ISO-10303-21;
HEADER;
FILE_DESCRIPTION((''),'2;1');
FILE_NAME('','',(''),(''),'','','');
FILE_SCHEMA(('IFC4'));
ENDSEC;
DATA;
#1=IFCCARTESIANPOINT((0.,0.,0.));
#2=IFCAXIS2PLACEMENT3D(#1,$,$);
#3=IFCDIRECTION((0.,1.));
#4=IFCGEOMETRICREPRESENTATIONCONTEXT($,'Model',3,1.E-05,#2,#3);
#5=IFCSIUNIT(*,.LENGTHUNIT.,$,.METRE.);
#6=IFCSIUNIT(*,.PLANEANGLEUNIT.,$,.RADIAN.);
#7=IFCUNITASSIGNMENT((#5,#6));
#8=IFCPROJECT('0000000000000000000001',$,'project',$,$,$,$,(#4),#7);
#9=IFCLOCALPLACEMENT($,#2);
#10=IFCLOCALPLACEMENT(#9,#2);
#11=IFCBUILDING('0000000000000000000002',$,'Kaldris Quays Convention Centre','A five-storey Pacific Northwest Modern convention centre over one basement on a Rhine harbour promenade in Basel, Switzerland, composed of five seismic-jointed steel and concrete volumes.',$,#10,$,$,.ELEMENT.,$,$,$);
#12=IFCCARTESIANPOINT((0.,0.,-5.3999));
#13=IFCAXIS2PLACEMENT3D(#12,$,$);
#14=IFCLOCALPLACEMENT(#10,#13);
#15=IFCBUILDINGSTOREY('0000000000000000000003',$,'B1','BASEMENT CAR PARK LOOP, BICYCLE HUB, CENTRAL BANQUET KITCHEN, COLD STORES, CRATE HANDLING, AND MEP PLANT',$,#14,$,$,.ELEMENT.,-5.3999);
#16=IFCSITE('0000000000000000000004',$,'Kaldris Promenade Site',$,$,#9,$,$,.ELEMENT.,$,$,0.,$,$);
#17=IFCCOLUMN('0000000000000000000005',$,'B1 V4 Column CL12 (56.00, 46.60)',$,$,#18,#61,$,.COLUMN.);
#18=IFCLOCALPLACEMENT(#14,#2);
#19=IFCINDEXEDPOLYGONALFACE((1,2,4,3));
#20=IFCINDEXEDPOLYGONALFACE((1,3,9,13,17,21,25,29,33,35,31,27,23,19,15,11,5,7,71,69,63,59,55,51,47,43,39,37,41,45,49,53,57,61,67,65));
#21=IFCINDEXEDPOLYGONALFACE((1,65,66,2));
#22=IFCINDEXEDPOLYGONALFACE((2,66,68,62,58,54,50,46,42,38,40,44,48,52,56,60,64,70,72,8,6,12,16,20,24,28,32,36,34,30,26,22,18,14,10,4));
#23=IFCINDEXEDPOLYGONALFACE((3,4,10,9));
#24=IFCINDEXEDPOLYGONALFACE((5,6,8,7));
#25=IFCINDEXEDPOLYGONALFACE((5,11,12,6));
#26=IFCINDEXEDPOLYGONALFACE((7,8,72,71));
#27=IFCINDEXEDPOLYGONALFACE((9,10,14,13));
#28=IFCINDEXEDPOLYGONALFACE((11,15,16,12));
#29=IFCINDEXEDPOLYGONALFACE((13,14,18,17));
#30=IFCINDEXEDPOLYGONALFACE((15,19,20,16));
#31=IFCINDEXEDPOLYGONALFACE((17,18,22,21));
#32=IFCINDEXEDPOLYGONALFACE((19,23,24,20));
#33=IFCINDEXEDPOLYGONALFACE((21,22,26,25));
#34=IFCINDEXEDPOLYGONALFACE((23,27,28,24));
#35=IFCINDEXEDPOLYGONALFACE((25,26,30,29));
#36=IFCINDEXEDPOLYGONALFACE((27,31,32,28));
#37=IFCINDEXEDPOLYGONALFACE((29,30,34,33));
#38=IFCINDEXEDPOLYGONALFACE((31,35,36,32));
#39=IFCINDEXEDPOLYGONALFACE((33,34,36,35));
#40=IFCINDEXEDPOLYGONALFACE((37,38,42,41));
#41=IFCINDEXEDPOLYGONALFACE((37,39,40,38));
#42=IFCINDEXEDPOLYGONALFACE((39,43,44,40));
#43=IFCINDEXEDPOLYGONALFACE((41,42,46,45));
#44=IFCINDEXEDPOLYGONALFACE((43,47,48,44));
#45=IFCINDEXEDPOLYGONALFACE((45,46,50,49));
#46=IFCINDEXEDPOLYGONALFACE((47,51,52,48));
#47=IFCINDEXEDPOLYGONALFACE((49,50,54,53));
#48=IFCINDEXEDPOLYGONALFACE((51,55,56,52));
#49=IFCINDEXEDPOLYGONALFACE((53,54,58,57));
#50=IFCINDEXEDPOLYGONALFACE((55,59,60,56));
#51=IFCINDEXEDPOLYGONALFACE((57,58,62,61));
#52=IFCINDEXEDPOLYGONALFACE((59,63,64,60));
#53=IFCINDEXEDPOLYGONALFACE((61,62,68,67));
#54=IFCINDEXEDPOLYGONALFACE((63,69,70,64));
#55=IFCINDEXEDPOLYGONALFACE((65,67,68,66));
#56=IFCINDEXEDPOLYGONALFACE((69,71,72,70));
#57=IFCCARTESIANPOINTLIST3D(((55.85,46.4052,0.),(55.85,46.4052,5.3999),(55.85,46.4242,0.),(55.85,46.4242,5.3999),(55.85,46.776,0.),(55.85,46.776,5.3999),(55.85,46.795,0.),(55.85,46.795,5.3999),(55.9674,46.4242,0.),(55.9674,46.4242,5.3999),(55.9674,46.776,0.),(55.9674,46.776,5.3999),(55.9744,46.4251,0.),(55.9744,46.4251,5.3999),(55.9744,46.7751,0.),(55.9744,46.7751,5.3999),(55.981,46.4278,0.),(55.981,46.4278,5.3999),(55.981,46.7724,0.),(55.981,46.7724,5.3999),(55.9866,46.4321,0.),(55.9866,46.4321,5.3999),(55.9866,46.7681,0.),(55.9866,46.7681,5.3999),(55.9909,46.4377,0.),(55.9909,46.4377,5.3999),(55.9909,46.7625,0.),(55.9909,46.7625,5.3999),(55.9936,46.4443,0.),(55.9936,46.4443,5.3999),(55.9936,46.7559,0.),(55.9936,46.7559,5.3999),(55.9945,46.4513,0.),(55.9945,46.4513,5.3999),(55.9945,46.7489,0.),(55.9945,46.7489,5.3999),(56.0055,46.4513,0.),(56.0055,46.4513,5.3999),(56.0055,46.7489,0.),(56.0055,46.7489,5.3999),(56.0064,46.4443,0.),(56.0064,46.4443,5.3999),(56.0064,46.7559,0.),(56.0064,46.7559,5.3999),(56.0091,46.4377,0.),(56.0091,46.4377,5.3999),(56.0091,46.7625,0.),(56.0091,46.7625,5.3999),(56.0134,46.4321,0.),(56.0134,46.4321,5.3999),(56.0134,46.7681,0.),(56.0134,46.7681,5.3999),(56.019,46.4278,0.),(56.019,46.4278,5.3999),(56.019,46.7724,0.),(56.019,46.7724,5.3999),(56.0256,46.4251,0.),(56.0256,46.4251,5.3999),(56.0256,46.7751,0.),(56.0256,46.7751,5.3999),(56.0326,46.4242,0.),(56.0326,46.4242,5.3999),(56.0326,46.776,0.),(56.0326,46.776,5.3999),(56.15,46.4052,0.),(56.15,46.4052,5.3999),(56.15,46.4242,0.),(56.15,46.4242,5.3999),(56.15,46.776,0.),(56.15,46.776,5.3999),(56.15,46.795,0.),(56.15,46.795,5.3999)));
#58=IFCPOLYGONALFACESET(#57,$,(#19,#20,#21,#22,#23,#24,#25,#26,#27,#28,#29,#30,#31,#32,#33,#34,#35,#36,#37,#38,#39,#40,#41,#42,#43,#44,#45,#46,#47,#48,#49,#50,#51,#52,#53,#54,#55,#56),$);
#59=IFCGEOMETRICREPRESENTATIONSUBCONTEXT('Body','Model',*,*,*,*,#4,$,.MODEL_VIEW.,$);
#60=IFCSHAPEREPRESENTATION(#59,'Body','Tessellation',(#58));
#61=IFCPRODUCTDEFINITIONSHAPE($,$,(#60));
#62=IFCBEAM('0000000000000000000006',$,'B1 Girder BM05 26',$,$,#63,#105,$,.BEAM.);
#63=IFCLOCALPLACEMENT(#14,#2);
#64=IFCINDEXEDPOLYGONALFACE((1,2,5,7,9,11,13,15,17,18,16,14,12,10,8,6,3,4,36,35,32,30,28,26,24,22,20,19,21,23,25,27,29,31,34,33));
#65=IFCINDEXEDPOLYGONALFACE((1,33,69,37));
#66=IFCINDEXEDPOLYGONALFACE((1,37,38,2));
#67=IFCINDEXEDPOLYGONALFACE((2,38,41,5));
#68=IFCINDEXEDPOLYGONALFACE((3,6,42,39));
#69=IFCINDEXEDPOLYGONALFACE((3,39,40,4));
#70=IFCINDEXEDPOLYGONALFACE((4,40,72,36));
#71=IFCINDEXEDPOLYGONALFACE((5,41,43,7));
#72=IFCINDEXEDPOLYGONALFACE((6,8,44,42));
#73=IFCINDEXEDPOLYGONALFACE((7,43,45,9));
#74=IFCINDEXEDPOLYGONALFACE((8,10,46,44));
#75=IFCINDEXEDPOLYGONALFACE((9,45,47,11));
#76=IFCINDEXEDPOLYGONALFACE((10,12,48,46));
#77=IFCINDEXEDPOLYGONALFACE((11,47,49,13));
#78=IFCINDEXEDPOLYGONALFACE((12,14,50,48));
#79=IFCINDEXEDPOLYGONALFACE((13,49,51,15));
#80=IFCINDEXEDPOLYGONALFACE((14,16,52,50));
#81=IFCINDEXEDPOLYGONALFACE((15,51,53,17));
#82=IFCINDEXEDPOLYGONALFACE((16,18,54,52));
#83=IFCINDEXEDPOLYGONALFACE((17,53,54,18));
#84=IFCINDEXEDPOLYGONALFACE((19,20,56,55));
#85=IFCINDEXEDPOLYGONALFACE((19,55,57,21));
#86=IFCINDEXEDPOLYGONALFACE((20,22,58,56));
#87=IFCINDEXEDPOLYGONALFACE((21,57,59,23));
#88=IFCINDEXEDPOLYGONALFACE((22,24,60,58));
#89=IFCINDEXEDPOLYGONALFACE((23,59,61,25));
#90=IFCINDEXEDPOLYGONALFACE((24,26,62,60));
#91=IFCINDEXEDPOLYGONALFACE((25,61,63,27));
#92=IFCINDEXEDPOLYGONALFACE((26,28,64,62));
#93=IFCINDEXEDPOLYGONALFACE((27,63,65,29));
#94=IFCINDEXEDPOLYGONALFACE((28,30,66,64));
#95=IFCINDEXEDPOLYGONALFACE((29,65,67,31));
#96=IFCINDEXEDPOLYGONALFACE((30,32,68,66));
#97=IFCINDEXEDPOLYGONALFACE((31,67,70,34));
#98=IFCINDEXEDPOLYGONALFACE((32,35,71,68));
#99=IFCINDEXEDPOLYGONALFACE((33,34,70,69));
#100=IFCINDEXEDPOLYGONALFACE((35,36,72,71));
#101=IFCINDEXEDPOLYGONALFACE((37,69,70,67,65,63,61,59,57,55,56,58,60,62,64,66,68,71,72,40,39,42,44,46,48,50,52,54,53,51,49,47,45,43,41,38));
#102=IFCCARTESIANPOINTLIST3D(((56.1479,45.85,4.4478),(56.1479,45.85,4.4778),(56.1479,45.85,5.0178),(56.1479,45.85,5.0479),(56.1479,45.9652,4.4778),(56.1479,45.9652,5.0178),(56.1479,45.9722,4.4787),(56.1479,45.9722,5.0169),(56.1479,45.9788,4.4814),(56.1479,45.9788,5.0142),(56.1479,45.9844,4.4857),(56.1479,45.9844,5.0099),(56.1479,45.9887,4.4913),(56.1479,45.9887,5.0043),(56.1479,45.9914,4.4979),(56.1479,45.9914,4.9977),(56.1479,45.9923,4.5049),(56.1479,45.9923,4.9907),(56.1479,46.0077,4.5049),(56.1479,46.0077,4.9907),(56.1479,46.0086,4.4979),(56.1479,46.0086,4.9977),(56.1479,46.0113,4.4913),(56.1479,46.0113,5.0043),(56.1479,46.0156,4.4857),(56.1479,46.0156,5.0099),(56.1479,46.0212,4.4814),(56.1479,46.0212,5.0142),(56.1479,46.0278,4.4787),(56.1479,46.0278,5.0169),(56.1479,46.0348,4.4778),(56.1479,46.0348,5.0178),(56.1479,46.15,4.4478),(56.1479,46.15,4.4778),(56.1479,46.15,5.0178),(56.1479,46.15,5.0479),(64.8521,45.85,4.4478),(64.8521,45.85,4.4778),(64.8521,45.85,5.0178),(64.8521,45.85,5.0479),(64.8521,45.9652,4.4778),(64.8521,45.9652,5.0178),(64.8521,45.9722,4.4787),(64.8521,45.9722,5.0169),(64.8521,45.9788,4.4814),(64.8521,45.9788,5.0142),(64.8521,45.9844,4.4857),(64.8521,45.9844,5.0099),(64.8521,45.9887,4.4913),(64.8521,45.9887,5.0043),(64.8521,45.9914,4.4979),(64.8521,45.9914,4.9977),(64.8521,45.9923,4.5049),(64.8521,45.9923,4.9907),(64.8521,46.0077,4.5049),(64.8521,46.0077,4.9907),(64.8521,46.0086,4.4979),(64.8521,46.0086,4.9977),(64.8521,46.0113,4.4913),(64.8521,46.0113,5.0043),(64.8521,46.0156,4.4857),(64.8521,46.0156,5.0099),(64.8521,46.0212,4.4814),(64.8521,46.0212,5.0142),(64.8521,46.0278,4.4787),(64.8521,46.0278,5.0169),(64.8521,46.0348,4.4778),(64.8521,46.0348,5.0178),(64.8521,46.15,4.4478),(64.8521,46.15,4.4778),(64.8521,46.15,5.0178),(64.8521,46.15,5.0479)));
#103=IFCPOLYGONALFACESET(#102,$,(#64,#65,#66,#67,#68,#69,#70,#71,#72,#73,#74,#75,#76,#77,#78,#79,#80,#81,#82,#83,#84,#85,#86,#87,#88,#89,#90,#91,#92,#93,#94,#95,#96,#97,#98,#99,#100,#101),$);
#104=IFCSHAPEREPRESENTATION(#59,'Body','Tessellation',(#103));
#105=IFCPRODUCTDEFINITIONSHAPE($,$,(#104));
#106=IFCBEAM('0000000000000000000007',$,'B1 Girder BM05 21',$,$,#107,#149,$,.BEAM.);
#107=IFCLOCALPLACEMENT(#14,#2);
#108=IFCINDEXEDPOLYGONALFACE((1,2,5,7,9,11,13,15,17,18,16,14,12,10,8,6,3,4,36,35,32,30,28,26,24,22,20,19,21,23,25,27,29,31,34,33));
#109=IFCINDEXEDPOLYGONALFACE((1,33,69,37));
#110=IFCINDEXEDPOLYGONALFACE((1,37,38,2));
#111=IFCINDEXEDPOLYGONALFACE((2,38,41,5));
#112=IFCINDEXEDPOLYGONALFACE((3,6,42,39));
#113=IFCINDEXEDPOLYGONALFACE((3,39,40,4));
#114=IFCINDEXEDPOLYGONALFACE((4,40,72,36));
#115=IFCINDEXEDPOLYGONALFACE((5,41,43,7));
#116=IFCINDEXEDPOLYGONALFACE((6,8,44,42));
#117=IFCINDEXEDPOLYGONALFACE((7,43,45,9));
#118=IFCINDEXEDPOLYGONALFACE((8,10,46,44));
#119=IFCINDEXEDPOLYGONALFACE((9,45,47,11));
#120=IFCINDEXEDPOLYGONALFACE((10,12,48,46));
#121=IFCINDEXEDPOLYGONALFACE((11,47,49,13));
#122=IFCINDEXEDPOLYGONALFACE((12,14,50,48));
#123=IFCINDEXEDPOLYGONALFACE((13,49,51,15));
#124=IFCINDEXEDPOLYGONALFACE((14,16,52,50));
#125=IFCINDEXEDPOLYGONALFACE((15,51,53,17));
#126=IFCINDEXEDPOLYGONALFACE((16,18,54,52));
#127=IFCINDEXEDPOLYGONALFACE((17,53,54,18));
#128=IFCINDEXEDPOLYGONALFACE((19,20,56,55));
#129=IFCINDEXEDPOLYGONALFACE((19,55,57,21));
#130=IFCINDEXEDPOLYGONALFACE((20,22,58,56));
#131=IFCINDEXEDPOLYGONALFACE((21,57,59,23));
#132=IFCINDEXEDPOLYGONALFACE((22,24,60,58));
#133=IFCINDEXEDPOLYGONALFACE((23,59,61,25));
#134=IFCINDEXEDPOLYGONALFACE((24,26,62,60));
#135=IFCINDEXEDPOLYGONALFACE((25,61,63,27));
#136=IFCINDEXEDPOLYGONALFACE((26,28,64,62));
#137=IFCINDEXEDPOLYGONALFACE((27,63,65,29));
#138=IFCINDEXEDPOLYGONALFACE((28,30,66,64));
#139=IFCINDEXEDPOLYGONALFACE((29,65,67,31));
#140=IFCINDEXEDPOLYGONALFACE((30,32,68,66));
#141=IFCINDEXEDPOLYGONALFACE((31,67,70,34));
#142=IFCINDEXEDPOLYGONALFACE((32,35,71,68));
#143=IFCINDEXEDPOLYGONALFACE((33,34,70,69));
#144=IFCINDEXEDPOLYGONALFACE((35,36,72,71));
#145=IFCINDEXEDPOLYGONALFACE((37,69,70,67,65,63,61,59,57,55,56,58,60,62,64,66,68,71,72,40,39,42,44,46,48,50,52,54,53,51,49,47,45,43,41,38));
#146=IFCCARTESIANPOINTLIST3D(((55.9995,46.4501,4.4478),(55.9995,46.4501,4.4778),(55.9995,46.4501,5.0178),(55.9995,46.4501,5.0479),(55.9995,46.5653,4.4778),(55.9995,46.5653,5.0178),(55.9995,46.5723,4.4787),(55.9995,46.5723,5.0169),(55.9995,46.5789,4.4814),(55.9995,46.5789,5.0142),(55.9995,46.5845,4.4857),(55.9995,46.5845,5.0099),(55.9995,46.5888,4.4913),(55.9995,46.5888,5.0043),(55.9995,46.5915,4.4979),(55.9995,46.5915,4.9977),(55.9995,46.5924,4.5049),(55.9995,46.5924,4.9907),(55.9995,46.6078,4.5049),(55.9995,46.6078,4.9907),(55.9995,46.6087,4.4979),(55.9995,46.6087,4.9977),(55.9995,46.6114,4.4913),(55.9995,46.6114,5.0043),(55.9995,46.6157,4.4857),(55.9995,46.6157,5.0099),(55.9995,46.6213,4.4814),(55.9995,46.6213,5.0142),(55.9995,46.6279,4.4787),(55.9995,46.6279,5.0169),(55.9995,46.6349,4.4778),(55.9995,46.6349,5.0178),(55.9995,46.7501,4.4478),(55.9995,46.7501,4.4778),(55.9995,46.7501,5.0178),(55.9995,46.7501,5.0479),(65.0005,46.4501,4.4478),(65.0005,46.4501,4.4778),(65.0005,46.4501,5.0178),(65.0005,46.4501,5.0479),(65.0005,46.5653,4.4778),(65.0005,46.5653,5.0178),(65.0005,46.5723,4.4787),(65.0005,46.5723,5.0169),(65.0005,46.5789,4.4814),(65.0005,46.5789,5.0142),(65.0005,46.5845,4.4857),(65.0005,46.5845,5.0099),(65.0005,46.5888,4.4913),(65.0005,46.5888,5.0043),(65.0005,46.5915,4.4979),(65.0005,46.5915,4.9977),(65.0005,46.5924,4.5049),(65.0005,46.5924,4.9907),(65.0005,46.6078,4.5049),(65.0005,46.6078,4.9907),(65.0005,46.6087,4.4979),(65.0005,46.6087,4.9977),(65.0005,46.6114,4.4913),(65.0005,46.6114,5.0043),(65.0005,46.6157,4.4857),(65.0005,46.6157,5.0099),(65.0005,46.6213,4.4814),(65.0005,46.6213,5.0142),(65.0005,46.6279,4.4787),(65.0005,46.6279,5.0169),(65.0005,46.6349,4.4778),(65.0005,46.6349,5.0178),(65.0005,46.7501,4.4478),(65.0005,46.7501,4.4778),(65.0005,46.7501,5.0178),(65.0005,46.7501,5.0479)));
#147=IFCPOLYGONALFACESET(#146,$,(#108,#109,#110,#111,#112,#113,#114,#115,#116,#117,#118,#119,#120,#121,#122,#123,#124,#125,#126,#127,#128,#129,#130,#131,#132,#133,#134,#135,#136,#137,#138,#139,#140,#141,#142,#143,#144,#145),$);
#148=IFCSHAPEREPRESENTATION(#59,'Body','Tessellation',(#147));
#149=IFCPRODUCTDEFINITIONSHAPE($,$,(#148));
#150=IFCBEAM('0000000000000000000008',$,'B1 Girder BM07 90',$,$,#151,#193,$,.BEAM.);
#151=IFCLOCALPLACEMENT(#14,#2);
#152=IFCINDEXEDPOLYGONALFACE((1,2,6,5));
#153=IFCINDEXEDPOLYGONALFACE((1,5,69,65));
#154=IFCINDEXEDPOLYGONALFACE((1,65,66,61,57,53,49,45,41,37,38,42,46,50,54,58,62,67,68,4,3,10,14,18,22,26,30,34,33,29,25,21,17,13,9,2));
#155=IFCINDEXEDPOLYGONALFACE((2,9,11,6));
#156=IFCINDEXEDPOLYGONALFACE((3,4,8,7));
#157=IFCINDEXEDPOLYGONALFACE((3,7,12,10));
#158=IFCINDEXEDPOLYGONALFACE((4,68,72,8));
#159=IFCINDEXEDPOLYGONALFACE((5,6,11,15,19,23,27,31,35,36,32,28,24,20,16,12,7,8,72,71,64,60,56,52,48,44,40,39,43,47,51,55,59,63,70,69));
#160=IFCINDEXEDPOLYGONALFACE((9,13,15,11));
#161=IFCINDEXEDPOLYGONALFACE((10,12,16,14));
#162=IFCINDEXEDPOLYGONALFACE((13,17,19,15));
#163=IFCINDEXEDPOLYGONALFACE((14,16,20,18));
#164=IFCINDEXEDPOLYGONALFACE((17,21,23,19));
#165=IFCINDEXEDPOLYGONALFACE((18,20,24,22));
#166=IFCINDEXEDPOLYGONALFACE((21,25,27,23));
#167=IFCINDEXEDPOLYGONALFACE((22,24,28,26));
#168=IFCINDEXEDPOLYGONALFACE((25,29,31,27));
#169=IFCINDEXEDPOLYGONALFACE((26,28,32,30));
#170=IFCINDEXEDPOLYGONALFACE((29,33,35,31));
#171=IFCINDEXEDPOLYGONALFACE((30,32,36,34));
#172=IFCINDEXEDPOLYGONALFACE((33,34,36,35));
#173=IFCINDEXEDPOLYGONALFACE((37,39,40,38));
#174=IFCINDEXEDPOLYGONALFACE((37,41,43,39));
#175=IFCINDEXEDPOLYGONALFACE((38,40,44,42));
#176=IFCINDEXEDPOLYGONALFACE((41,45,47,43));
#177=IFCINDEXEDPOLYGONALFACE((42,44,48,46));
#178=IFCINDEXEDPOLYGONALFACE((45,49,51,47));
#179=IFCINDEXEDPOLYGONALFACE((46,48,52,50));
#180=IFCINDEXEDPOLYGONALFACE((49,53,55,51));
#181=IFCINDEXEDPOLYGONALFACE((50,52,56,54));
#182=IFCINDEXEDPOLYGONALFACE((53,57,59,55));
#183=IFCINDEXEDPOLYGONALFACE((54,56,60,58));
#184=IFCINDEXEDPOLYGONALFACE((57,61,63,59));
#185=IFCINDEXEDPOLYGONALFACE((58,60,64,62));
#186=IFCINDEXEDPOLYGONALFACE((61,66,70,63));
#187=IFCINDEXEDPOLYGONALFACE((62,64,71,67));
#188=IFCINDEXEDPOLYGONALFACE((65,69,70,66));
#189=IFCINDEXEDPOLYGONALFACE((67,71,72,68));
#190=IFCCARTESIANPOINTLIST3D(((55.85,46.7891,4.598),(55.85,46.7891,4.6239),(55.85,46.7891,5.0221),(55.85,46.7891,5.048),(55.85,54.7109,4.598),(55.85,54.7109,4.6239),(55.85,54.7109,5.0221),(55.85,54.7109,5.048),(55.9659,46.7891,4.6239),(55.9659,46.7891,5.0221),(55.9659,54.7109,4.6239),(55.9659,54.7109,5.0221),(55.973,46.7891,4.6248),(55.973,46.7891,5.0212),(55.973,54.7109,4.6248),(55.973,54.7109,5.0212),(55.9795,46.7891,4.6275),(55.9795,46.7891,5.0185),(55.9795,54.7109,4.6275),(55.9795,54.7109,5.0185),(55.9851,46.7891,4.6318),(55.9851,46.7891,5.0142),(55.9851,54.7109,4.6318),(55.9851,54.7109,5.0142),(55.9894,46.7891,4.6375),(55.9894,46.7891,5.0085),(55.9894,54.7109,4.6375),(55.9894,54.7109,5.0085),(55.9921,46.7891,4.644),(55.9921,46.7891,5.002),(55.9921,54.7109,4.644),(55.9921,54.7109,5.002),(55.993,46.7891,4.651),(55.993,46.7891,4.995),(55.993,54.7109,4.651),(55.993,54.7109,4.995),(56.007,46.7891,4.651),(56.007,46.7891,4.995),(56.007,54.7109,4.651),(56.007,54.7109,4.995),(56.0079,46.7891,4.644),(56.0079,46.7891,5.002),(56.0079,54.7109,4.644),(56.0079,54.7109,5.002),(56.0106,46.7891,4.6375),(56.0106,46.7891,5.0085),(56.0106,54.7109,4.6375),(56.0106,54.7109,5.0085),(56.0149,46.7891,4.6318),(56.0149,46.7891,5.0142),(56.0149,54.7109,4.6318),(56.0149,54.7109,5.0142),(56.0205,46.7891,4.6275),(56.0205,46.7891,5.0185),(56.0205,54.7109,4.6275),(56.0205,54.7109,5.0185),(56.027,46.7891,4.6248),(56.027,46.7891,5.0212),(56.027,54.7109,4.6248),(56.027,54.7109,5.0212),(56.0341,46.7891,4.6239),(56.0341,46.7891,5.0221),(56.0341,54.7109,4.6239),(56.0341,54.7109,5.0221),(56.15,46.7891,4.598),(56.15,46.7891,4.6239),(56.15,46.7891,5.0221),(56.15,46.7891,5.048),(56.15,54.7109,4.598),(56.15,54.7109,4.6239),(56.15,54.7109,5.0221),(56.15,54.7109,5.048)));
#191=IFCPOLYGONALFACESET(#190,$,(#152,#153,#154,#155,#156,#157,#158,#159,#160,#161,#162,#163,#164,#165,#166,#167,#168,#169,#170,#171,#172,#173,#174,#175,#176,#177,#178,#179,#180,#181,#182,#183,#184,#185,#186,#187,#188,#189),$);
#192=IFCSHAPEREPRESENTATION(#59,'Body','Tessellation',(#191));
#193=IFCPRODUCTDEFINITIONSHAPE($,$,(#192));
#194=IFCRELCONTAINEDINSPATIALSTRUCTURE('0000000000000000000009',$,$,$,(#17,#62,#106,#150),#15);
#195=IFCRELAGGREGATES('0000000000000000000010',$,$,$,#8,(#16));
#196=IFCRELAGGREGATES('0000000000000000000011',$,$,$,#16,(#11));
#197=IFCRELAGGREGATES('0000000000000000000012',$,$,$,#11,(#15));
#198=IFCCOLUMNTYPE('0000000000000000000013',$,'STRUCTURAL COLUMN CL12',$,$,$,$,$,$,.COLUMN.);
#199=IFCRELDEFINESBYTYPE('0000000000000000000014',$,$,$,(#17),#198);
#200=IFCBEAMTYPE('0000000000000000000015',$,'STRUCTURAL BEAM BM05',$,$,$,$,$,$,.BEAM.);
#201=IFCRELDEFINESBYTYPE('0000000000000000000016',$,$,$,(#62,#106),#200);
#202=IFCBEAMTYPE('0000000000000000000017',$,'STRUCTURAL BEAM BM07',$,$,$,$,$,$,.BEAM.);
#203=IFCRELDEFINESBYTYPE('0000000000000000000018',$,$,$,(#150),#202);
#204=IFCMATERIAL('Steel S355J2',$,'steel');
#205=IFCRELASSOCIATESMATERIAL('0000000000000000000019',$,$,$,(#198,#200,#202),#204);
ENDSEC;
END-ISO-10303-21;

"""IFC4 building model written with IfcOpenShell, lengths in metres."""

from ifc_helpers import new_model, si_unit, direction, frame, origin, origin_2d, place, context, subcontext, project, spatial, i_section, extrude, material, material_profile, profile_set, type_object, element, save


model = new_model("IFC4")

# Units and contexts
model_context = context("Model", 3, precision=1e-05, world=origin(), true_north=direction((0.0, 1.0)))
body_context = subcontext(model_context, "Body", "Model", "MODEL_VIEW")
ifc_project = project(units=[si_unit("LENGTHUNIT", "METRE"), si_unit("PLANEANGLEUNIT", "RADIAN")], contexts=[model_context])

# Site, building, storey
site_placement = place(None, origin())
site = spatial("IfcSite", under=ifc_project, at=site_placement, Name="Kaldris Promenade Site", CompositionType="ELEMENT", RefElevation=0.0)
building_placement = place(site_placement, origin())
building = spatial("IfcBuilding", under=site, at=building_placement, Name="Kaldris Quays Convention Centre", Description="A five-storey Pacific Northwest Modern convention centre over one basement on a Rhine harbour promenade in Basel, Switzerland, composed of five seismic-jointed steel and concrete volumes.", CompositionType="ELEMENT")
storey_placement = place(building_placement, frame((0.0, 0.0, -5.3999)))
storey = spatial("IfcBuildingStorey", under=building, at=storey_placement, Name="B1", Description="BASEMENT CAR PARK LOOP, BICYCLE HUB, CENTRAL BANQUET KITCHEN, COLD STORES, CRATE HANDLING, AND MEP PLANT", CompositionType="ELEMENT", Elevation=-5.3999)

# Column
ifc_material_1 = material(Name="Steel S355J2", Category="steel")
ifc_material_profile_1 = material_profile(ifc_material_1, i_section(OverallWidth=0.3, OverallDepth=0.3899, WebThickness=0.011, FlangeThickness=0.019, FilletRadius=0.0271, at=origin_2d()), Name="HEA 400")
ifc_profile_set_1 = profile_set([ifc_material_profile_1], Name="Steel S355J2")
column_type_1 = type_object("IfcColumnType", Name="STRUCTURAL COLUMN CL12", PredefinedType="COLUMN", material=ifc_profile_set_1)
column_1_placement = place(storey_placement, frame((56.0, 46.6001, 0.0), z_axis=(0.0, 0.0, 1.0), x_axis=(1.0, 0.0, 0.0)))
element("IfcColumn", 1, at=column_1_placement, inside=storey, type_object=column_type_1, Name="B1 V4 Column CL12 (56.00, 46.60)", PredefinedType="COLUMN", context=body_context, shape_type="SweptSolid", body=[
    extrude(i_section(OverallWidth=0.3, OverallDepth=0.3899, WebThickness=0.011, FlangeThickness=0.019, FilletRadius=0.0271, at=origin_2d()), origin(), (0.0, 0.0, 1.0), 5.3999),
])

# Beams
ifc_material_profile_2 = material_profile(ifc_material_1, i_section(OverallWidth=0.3, OverallDepth=0.6001, WebThickness=0.0154, FlangeThickness=0.03, FilletRadius=0.0271, at=origin_2d()), Name="HEB 600")
ifc_profile_set_2 = profile_set([ifc_material_profile_2], Name="Steel S355J2")
beam_type_1 = type_object("IfcBeamType", Name="STRUCTURAL BEAM BM05", PredefinedType="BEAM", material=ifc_profile_set_2)
beam_1_placement = place(storey_placement, frame((56.1479, 46.0, 4.7478), z_axis=(1.0, 0.0, 0.0), x_axis=(0.0, 1.0, 0.0)))
element("IfcBeam", 2, at=beam_1_placement, inside=storey, type_object=beam_type_1, Name="B1 Girder BM05 26", PredefinedType="BEAM", context=body_context, shape_type="SweptSolid", body=[
    extrude(i_section(OverallWidth=0.3, OverallDepth=0.6001, WebThickness=0.0154, FlangeThickness=0.03, FilletRadius=0.0271, at=origin_2d()), origin(), (0.0, 0.0, 1.0), 8.7041),
])
beam_2_placement = place(storey_placement, frame((55.9995, 46.6001, 4.7478), z_axis=(1.0, 0.0, 0.0), x_axis=(0.0, 1.0, 0.0)))
element("IfcBeam", 3, at=beam_2_placement, inside=storey, type_object=beam_type_1, Name="B1 Girder BM05 21", PredefinedType="BEAM", context=body_context, shape_type="SweptSolid", body=[
    extrude(i_section(OverallWidth=0.3, OverallDepth=0.6001, WebThickness=0.0154, FlangeThickness=0.03, FilletRadius=0.0271, at=origin_2d()), origin(), (0.0, 0.0, 1.0), 9.001),
])
ifc_material_profile_3 = material_profile(ifc_material_1, i_section(OverallWidth=0.3, OverallDepth=0.45, WebThickness=0.0139, FlangeThickness=0.0259, FilletRadius=0.0271, at=origin_2d()), Name="HEB 450")
ifc_profile_set_3 = profile_set([ifc_material_profile_3], Name="Steel S355J2")
beam_type_2 = type_object("IfcBeamType", Name="STRUCTURAL BEAM BM07", PredefinedType="BEAM", material=ifc_profile_set_3)
beam_3_placement = place(storey_placement, frame((56.0, 46.7891, 4.823), z_axis=(0.0, 1.0, 0.0), x_axis=(-1.0, 0.0, 0.0)))
element("IfcBeam", 4, at=beam_3_placement, inside=storey, type_object=beam_type_2, Name="B1 Girder BM07 90", PredefinedType="BEAM", context=body_context, shape_type="SweptSolid", body=[
    extrude(i_section(OverallWidth=0.3, OverallDepth=0.45, WebThickness=0.0139, FlangeThickness=0.0259, FilletRadius=0.0271, at=origin_2d()), origin(), (0.0, 0.0, 1.0), 7.9219),
])

save(model, "model.ifc")
